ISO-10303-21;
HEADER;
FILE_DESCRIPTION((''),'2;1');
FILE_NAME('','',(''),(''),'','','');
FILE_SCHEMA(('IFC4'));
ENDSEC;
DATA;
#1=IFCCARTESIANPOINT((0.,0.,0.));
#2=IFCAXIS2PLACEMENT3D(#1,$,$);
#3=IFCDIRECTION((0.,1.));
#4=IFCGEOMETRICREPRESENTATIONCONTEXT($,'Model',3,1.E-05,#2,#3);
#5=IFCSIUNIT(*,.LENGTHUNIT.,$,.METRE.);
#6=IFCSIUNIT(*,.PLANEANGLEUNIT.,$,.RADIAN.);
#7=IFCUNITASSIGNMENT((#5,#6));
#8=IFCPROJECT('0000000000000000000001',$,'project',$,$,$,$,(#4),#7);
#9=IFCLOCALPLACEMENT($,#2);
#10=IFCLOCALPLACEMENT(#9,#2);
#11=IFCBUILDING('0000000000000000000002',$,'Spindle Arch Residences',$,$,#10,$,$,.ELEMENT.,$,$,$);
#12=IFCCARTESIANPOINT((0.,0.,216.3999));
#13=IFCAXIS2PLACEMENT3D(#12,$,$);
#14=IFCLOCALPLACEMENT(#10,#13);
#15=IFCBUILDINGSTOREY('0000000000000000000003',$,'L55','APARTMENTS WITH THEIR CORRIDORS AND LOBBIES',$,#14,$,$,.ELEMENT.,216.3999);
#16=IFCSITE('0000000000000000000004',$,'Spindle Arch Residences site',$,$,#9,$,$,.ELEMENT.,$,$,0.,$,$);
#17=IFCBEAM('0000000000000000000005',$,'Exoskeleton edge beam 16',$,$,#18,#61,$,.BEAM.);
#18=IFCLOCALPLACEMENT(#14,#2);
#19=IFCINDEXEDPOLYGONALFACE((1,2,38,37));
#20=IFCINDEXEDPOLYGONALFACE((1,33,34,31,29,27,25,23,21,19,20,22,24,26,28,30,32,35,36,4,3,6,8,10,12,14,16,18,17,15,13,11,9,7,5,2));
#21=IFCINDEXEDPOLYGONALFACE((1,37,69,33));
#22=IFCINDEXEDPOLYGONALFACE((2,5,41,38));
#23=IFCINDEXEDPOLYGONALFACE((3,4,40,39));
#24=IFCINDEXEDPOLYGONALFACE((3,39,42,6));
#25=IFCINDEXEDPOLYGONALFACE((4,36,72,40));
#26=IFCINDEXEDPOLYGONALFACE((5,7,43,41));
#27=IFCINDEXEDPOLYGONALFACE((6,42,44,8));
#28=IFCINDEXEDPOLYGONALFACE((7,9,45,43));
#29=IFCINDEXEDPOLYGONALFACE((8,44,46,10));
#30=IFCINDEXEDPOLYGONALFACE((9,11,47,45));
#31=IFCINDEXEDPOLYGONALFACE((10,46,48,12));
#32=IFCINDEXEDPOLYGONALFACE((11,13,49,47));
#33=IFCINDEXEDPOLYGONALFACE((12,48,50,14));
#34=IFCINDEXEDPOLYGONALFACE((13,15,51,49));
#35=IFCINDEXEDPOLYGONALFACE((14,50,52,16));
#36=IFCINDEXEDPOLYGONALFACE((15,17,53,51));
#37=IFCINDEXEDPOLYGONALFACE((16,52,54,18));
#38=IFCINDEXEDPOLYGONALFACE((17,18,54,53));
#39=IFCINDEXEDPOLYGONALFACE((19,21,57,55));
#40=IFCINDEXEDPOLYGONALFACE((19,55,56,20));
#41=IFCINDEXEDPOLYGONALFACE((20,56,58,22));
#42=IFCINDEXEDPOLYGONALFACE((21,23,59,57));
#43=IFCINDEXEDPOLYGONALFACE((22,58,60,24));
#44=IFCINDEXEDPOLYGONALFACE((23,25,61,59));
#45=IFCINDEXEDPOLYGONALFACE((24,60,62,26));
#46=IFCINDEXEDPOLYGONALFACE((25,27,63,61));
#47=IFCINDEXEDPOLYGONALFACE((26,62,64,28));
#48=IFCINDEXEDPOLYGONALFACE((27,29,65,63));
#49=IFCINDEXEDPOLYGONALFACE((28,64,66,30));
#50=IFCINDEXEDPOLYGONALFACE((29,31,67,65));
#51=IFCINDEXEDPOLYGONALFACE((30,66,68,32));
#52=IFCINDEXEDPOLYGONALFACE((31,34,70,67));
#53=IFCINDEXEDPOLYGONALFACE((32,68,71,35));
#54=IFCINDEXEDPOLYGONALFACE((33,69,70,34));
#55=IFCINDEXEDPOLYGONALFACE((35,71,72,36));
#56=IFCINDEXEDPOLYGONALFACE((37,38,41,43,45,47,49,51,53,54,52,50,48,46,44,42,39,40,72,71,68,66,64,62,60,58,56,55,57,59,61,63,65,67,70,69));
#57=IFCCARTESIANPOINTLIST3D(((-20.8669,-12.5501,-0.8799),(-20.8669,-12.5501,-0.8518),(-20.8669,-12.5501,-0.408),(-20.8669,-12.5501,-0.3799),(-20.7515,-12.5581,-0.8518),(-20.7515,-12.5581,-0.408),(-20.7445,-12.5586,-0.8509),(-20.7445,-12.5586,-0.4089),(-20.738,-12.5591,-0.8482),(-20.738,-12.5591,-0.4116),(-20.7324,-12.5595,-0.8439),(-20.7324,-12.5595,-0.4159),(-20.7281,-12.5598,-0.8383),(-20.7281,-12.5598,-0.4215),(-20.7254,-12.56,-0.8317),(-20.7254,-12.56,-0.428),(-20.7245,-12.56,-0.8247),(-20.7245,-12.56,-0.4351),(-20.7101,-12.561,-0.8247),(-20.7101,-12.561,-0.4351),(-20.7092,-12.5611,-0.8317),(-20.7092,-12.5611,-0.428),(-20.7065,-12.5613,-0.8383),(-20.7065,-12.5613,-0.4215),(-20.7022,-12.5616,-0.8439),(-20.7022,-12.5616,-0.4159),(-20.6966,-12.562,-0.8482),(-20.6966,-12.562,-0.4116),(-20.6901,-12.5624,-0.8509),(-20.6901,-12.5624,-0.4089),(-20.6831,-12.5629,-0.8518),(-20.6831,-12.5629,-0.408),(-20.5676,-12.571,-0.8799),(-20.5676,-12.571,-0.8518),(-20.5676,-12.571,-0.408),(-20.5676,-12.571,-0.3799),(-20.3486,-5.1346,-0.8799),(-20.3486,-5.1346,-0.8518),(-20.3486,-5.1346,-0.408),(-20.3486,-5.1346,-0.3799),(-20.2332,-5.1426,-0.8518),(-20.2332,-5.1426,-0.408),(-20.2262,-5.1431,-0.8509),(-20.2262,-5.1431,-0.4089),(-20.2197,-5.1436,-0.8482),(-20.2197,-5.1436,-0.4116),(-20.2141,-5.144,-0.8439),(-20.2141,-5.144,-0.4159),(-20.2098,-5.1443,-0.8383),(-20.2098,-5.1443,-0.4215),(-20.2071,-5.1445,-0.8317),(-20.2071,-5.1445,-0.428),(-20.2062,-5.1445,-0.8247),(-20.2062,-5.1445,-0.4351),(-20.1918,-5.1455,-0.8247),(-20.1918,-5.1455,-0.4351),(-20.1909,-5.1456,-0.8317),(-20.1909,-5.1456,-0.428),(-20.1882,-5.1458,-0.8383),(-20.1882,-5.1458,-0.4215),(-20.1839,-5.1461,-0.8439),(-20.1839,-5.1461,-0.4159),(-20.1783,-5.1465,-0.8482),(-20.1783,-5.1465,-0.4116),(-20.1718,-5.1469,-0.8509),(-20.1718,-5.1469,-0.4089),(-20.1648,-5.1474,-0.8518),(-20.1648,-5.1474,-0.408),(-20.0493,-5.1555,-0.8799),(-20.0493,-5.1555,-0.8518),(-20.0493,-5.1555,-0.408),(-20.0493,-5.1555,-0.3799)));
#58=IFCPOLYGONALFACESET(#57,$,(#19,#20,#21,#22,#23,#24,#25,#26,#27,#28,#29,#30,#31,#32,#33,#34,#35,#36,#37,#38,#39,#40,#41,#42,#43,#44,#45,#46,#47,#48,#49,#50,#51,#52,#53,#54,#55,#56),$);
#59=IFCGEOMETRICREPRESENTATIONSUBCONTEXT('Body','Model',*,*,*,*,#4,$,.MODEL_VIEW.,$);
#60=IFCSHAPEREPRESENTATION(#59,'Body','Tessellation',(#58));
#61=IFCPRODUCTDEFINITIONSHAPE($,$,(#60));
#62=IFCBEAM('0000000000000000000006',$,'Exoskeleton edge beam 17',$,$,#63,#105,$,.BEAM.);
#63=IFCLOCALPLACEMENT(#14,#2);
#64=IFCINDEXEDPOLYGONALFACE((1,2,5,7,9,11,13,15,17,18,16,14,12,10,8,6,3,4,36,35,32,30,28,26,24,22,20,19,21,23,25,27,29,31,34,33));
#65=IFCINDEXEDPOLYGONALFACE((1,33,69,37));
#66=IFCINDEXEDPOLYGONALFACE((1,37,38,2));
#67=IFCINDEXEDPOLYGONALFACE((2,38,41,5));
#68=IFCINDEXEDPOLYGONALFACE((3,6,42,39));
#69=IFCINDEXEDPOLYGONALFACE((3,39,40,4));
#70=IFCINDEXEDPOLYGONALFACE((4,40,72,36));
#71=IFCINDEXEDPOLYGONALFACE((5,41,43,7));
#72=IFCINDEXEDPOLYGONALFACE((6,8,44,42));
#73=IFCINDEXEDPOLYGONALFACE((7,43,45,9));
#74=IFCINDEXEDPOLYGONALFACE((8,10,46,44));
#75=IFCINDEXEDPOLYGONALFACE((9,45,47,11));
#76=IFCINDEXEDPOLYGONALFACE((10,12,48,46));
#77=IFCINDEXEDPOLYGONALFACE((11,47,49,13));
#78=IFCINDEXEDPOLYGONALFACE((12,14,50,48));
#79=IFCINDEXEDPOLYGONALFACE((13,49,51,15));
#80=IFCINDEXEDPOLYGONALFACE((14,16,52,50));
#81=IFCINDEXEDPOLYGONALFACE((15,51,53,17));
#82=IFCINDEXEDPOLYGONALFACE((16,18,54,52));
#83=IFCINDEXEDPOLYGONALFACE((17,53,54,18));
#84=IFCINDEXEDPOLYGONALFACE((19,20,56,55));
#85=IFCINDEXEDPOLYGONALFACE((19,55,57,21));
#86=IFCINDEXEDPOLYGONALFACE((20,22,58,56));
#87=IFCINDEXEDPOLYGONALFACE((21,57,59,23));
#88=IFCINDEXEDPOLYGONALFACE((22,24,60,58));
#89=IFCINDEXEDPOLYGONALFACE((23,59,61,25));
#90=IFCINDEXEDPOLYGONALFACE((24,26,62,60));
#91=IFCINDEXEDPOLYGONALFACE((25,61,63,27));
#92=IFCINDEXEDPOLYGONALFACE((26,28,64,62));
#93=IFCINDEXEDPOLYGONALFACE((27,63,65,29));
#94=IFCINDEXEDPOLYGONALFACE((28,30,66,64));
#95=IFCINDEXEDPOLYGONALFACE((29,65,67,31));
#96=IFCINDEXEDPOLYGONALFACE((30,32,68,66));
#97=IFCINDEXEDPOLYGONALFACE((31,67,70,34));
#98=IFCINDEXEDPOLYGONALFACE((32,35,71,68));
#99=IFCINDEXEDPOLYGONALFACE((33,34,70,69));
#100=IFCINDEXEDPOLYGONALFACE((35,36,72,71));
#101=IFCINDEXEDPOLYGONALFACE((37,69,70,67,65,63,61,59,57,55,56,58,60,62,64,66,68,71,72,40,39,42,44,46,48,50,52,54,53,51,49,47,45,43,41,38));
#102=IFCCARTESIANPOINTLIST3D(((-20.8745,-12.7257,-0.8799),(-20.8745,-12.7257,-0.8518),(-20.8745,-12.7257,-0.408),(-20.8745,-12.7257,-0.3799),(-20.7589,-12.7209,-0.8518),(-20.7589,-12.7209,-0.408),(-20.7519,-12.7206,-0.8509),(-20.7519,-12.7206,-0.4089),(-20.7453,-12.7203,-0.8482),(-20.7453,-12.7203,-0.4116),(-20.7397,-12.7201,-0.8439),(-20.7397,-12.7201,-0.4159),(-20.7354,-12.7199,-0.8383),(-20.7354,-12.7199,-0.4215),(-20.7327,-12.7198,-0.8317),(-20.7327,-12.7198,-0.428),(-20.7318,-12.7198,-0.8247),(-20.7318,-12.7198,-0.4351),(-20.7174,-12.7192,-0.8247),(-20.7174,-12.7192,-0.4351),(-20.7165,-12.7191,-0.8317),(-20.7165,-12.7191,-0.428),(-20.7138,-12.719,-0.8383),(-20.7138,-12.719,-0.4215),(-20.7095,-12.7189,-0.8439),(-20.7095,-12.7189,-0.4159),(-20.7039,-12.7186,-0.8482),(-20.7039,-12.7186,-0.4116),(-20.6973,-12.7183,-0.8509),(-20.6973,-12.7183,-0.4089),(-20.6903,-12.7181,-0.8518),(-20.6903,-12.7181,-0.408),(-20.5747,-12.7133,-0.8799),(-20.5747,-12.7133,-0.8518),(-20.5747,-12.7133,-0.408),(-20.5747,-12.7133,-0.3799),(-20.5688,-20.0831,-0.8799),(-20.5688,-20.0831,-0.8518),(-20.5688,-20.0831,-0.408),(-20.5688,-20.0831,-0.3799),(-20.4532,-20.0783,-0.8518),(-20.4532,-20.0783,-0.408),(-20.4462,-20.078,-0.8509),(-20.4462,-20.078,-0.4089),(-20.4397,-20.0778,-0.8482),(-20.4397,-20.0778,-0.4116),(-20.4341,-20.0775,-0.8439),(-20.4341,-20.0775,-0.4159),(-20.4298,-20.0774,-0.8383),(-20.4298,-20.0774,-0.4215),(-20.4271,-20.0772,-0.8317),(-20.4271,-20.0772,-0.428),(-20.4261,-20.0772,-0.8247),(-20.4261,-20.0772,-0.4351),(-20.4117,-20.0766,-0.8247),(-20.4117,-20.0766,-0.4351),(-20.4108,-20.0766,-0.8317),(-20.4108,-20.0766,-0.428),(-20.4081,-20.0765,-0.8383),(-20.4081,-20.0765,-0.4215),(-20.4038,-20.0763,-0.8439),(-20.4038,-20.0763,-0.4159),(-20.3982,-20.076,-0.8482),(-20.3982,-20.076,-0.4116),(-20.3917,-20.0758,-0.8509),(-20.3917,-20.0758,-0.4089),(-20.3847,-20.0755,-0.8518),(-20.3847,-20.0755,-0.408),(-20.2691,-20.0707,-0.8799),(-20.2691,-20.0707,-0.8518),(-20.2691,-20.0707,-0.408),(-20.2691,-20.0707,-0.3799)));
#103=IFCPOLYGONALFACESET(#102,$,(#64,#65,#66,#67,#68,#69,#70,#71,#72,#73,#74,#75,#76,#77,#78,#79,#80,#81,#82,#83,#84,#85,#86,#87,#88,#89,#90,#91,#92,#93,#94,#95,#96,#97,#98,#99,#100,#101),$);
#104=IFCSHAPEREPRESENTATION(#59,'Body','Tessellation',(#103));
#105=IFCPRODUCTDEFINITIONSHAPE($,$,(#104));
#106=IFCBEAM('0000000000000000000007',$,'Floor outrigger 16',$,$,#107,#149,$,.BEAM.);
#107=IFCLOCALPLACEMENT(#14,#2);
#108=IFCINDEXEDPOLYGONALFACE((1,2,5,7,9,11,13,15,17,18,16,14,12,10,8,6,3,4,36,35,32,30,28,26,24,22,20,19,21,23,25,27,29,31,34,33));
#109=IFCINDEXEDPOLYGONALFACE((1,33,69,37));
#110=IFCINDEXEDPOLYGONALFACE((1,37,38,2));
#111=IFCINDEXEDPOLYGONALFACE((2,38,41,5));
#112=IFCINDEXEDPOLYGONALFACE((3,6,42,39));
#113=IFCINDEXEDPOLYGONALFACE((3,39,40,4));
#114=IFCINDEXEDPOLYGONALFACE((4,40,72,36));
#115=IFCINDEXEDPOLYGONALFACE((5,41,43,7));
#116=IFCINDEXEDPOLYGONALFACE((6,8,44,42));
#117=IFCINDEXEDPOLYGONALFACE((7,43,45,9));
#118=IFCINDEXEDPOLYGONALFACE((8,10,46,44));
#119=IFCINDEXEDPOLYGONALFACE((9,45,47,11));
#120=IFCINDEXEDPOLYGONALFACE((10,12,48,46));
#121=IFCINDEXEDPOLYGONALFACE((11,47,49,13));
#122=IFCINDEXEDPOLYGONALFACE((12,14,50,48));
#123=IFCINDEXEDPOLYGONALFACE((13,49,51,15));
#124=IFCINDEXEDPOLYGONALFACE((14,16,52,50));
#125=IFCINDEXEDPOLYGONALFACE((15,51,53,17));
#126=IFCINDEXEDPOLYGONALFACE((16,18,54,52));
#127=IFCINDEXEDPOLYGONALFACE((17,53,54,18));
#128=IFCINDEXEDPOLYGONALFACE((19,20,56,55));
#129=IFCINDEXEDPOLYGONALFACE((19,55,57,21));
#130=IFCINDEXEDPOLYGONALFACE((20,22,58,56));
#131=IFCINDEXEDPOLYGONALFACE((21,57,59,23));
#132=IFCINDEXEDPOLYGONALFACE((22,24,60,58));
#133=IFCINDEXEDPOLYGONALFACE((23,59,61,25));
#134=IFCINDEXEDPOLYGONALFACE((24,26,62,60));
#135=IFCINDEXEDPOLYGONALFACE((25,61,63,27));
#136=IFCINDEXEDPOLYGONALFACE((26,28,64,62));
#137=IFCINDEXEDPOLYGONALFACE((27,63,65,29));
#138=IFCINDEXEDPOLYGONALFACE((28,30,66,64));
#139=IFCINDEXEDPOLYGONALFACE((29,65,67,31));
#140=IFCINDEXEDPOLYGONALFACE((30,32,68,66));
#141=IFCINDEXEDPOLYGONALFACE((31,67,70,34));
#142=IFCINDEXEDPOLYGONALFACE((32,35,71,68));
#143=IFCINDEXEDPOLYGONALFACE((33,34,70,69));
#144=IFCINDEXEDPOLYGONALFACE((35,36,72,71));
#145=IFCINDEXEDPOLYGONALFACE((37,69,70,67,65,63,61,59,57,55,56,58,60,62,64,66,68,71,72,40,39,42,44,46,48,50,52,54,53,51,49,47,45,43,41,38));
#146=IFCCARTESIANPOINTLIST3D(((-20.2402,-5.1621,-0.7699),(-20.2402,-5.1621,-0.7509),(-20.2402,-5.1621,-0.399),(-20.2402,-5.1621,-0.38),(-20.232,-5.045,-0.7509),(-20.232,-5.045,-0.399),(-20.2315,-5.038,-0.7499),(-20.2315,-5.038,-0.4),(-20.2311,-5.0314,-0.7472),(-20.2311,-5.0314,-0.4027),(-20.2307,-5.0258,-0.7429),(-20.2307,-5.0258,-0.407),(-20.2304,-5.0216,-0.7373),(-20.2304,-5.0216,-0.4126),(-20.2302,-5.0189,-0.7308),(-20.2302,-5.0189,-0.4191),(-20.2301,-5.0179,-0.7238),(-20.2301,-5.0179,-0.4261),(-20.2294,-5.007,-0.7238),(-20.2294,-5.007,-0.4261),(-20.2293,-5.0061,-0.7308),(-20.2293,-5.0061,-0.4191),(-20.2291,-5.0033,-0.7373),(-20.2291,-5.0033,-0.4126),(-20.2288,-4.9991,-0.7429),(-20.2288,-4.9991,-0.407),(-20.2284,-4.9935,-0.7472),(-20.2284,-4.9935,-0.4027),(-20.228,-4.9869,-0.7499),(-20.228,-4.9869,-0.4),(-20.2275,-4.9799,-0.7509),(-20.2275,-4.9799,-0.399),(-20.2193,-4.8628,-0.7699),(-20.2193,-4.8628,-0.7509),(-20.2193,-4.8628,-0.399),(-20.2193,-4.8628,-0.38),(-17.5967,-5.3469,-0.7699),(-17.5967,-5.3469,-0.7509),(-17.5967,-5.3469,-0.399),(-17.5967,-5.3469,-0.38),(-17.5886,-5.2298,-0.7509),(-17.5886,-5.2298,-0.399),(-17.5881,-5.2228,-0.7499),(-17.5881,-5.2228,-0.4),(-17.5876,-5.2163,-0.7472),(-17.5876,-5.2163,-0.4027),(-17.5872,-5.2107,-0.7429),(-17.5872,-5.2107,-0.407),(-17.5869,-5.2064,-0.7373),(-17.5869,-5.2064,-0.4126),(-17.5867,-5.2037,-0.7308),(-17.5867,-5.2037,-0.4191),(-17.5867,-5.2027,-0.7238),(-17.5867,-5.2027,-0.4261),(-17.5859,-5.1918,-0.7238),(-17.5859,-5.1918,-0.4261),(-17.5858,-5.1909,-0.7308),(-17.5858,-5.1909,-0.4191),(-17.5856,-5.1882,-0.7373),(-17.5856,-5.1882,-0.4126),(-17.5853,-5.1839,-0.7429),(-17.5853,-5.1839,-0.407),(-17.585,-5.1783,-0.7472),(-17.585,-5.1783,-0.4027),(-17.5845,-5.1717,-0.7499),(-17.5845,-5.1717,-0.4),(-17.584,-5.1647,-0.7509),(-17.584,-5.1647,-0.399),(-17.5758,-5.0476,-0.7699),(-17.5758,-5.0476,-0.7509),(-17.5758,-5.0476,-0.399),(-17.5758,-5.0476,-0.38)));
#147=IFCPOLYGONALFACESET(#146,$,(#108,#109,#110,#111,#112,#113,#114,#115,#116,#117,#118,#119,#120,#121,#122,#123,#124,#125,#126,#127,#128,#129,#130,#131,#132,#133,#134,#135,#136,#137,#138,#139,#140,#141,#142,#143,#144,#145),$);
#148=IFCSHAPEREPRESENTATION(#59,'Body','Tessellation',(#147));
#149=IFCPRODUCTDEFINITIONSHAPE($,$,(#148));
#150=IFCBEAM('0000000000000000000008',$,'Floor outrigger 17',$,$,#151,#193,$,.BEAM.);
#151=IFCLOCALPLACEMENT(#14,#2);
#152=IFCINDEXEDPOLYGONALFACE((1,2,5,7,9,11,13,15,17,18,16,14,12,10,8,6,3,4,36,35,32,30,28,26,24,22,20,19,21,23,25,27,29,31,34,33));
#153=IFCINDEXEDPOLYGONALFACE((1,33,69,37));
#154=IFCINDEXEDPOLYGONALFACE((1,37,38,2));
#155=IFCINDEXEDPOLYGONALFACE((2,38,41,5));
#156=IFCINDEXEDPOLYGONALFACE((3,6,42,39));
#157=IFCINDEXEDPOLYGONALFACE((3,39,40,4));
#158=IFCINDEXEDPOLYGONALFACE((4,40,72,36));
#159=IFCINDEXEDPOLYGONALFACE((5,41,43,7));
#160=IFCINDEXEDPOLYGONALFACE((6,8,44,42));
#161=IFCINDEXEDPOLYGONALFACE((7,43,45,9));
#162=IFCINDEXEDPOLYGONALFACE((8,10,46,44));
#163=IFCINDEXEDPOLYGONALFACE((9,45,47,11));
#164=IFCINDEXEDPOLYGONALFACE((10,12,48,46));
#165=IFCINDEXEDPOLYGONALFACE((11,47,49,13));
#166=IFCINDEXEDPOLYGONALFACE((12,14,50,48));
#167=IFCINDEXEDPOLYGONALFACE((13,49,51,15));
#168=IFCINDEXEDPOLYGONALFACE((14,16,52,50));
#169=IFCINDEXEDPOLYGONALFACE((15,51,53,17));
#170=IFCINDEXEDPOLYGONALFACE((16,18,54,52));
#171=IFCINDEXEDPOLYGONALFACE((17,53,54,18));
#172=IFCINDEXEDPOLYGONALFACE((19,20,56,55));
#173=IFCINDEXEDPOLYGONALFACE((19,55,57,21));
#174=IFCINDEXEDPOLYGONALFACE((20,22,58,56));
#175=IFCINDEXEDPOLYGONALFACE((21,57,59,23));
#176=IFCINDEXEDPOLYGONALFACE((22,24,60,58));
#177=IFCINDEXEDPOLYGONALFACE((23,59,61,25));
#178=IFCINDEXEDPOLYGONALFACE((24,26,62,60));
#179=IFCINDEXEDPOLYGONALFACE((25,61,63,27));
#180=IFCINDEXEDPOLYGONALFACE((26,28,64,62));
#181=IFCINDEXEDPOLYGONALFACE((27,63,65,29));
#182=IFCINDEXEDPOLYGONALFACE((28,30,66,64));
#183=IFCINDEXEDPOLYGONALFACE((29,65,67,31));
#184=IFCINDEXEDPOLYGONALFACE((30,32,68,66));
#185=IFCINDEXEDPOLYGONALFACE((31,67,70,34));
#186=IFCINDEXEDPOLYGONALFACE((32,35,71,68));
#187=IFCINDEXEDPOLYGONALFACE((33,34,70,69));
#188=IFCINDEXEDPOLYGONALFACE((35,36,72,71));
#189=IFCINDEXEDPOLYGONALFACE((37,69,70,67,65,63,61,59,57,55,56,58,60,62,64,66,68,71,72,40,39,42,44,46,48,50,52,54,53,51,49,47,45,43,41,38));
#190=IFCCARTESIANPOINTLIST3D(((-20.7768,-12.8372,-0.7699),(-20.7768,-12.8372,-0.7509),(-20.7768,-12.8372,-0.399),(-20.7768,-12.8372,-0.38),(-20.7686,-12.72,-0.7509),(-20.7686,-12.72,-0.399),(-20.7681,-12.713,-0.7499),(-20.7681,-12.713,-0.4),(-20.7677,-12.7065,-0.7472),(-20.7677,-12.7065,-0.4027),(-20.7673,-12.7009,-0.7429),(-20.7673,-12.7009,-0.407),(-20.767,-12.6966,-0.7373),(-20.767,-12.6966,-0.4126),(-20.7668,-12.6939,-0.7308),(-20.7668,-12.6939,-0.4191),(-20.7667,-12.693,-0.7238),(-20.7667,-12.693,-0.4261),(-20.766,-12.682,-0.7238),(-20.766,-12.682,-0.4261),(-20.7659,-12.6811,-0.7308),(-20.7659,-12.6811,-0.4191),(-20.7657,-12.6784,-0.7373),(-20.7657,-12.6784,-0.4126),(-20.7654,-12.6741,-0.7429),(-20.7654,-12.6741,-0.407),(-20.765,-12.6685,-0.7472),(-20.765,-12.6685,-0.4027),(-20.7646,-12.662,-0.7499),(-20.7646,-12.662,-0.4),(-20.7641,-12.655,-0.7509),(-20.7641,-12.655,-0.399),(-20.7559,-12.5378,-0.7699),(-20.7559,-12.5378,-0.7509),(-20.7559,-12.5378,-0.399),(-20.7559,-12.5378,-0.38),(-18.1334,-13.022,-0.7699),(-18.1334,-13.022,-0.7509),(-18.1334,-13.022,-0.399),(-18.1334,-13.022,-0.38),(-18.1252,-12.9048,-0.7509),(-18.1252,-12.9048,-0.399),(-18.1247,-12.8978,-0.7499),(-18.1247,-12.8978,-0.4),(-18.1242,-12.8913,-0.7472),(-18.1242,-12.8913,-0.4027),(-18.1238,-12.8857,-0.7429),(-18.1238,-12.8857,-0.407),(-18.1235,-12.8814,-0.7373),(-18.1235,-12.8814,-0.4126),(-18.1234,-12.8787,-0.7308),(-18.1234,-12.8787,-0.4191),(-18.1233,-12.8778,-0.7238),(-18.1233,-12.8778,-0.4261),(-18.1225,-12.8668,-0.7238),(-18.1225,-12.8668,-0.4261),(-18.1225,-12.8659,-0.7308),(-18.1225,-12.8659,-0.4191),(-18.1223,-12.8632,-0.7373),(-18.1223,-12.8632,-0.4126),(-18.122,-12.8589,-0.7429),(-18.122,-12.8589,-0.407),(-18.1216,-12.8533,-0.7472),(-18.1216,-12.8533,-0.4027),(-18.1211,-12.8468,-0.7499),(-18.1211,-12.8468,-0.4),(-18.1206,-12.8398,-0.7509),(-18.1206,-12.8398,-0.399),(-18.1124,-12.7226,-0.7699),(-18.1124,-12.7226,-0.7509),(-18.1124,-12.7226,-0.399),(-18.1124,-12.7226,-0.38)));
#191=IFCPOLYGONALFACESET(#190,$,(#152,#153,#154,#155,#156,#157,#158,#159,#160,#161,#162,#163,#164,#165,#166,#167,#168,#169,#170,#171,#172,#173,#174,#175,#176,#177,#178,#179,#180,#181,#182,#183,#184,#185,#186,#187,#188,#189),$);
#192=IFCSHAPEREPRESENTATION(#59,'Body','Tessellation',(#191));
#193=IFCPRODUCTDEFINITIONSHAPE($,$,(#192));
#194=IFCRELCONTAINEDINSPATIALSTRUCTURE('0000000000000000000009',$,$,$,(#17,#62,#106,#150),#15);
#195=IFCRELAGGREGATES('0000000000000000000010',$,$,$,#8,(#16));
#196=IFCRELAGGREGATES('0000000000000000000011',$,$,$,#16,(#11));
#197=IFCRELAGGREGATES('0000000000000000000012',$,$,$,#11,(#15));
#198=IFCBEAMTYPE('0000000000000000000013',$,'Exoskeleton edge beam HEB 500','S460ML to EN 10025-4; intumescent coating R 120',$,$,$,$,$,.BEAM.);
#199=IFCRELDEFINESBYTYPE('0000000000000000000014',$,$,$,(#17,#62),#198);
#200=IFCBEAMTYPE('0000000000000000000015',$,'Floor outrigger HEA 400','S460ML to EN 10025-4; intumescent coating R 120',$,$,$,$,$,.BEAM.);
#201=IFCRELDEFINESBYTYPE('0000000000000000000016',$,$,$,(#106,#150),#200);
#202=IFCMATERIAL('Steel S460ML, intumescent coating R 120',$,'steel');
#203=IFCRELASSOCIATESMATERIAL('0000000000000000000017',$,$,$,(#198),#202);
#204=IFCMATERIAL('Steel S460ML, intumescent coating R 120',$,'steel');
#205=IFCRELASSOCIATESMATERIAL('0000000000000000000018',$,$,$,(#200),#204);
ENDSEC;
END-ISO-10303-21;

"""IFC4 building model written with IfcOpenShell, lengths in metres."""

from ifc_helpers import new_model, si_unit, direction, frame, origin, origin_2d, place, context, subcontext, project, spatial, i_section, extrude, material, material_profile, profile_set, type_object, element, save


model = new_model("IFC4")

# Units and contexts
model_context = context("Model", 3, precision=1e-05, world=origin(), true_north=direction((0.0, 1.0)))
body_context = subcontext(model_context, "Body", "Model", "MODEL_VIEW")
ifc_project = project(units=[si_unit("LENGTHUNIT", "METRE"), si_unit("PLANEANGLEUNIT", "RADIAN")], contexts=[model_context])

# Site, building, storey
site_placement = place(None, origin())
site = spatial("IfcSite", under=ifc_project, at=site_placement, Name="Spindle Arch Residences site", CompositionType="ELEMENT", RefElevation=0.0)
building_placement = place(site_placement, origin())
building = spatial("IfcBuilding", under=site, at=building_placement, Name="Spindle Arch Residences", CompositionType="ELEMENT")
storey_placement = place(building_placement, frame((0.0, 0.0, 216.3999)))
storey = spatial("IfcBuildingStorey", under=building, at=storey_placement, Name="L55", Description="APARTMENTS WITH THEIR CORRIDORS AND LOBBIES", CompositionType="ELEMENT", Elevation=216.3999)

# Beams
ifc_material_1 = material(Name="Steel S460ML, intumescent coating R 120", Category="steel")
ifc_material_profile_1 = material_profile(ifc_material_1, i_section(OverallWidth=0.3, OverallDepth=0.5, WebThickness=0.0144, FlangeThickness=0.0281, FilletRadius=0.0271, at=origin_2d()), Name="HEB 500")
ifc_profile_set_1 = profile_set([ifc_material_profile_1], Name="Steel S460ML, intumescent coating R 120")
beam_type_1 = type_object("IfcBeamType", Name="Exoskeleton edge beam HEB 500", Description="S460ML to EN 10025-4; intumescent coating R 120", PredefinedType="BEAM", material=ifc_profile_set_1)
beam_1_placement = place(storey_placement, frame((-20.199, -5.145, -0.6299), z_axis=(-0.069725, -0.997566, 0.0), x_axis=(0.997566, -0.069725, 0.0)))
element("IfcBeam", 1, at=beam_1_placement, inside=storey, type_object=beam_type_1, Name="Exoskeleton edge beam 16", PredefinedType="BEAM", context=body_context, shape_type="SweptSolid", body=[
    extrude(i_section(OverallWidth=0.3, OverallDepth=0.5, WebThickness=0.0144, FlangeThickness=0.0281, FilletRadius=0.0271, at=origin_2d()), origin(), (0.0, 0.0, 1.0), 7.4336),
])
beam_2_placement = place(storey_placement, frame((-20.7246, -12.7195, -0.6299), z_axis=(0.041509, -0.999138, 0.0), x_axis=(0.999138, 0.041509, 0.0)))
element("IfcBeam", 2, at=beam_2_placement, inside=storey, type_object=beam_type_1, Name="Exoskeleton edge beam 17", PredefinedType="BEAM", context=body_context, shape_type="SweptSolid", body=[
    extrude(i_section(OverallWidth=0.3, OverallDepth=0.5, WebThickness=0.0144, FlangeThickness=0.0281, FilletRadius=0.0271, at=origin_2d()), origin(), (0.0, 0.0, 1.0), 7.3638),
])
ifc_material_2 = material(Name="Steel S460ML, intumescent coating R 120", Category="steel")
ifc_material_profile_2 = material_profile(ifc_material_2, i_section(OverallWidth=0.3, OverallDepth=0.3899, WebThickness=0.011, FlangeThickness=0.019, FilletRadius=0.0271, at=origin_2d()), Name="HEA 400")
ifc_profile_set_2 = profile_set([ifc_material_profile_2], Name="Steel S460ML, intumescent coating R 120")
beam_type_2 = type_object("IfcBeamType", Name="Floor outrigger HEA 400", Description="S460ML to EN 10025-4; intumescent coating R 120", PredefinedType="BEAM", material=ifc_profile_set_2)
for number, where, z_axis, x_axis, name in (
    (3, (-20.2297, -5.0125, -0.575), (0.997565, -0.069741, 0.0), (0.069741, 0.997565, 0.0), "Floor outrigger 16"),
    (4, (-20.7664, -12.6875, -0.575), (0.997565, -0.069741, 0.0), (0.069741, 0.997565, 0.0), "Floor outrigger 17"),
):
    element("IfcBeam", number, at=place(storey_placement, frame(where, z_axis=z_axis, x_axis=x_axis)), inside=storey, type_object=beam_type_2, Name=name, PredefinedType="BEAM", context=body_context, shape_type="SweptSolid", body=[
        extrude(i_section(OverallWidth=0.3, OverallDepth=0.3899, WebThickness=0.011, FlangeThickness=0.019, FilletRadius=0.0271, at=origin_2d()), origin(), (0.0, 0.0, 1.0), 2.6499),
    ])

save(model, "model.ifc")
